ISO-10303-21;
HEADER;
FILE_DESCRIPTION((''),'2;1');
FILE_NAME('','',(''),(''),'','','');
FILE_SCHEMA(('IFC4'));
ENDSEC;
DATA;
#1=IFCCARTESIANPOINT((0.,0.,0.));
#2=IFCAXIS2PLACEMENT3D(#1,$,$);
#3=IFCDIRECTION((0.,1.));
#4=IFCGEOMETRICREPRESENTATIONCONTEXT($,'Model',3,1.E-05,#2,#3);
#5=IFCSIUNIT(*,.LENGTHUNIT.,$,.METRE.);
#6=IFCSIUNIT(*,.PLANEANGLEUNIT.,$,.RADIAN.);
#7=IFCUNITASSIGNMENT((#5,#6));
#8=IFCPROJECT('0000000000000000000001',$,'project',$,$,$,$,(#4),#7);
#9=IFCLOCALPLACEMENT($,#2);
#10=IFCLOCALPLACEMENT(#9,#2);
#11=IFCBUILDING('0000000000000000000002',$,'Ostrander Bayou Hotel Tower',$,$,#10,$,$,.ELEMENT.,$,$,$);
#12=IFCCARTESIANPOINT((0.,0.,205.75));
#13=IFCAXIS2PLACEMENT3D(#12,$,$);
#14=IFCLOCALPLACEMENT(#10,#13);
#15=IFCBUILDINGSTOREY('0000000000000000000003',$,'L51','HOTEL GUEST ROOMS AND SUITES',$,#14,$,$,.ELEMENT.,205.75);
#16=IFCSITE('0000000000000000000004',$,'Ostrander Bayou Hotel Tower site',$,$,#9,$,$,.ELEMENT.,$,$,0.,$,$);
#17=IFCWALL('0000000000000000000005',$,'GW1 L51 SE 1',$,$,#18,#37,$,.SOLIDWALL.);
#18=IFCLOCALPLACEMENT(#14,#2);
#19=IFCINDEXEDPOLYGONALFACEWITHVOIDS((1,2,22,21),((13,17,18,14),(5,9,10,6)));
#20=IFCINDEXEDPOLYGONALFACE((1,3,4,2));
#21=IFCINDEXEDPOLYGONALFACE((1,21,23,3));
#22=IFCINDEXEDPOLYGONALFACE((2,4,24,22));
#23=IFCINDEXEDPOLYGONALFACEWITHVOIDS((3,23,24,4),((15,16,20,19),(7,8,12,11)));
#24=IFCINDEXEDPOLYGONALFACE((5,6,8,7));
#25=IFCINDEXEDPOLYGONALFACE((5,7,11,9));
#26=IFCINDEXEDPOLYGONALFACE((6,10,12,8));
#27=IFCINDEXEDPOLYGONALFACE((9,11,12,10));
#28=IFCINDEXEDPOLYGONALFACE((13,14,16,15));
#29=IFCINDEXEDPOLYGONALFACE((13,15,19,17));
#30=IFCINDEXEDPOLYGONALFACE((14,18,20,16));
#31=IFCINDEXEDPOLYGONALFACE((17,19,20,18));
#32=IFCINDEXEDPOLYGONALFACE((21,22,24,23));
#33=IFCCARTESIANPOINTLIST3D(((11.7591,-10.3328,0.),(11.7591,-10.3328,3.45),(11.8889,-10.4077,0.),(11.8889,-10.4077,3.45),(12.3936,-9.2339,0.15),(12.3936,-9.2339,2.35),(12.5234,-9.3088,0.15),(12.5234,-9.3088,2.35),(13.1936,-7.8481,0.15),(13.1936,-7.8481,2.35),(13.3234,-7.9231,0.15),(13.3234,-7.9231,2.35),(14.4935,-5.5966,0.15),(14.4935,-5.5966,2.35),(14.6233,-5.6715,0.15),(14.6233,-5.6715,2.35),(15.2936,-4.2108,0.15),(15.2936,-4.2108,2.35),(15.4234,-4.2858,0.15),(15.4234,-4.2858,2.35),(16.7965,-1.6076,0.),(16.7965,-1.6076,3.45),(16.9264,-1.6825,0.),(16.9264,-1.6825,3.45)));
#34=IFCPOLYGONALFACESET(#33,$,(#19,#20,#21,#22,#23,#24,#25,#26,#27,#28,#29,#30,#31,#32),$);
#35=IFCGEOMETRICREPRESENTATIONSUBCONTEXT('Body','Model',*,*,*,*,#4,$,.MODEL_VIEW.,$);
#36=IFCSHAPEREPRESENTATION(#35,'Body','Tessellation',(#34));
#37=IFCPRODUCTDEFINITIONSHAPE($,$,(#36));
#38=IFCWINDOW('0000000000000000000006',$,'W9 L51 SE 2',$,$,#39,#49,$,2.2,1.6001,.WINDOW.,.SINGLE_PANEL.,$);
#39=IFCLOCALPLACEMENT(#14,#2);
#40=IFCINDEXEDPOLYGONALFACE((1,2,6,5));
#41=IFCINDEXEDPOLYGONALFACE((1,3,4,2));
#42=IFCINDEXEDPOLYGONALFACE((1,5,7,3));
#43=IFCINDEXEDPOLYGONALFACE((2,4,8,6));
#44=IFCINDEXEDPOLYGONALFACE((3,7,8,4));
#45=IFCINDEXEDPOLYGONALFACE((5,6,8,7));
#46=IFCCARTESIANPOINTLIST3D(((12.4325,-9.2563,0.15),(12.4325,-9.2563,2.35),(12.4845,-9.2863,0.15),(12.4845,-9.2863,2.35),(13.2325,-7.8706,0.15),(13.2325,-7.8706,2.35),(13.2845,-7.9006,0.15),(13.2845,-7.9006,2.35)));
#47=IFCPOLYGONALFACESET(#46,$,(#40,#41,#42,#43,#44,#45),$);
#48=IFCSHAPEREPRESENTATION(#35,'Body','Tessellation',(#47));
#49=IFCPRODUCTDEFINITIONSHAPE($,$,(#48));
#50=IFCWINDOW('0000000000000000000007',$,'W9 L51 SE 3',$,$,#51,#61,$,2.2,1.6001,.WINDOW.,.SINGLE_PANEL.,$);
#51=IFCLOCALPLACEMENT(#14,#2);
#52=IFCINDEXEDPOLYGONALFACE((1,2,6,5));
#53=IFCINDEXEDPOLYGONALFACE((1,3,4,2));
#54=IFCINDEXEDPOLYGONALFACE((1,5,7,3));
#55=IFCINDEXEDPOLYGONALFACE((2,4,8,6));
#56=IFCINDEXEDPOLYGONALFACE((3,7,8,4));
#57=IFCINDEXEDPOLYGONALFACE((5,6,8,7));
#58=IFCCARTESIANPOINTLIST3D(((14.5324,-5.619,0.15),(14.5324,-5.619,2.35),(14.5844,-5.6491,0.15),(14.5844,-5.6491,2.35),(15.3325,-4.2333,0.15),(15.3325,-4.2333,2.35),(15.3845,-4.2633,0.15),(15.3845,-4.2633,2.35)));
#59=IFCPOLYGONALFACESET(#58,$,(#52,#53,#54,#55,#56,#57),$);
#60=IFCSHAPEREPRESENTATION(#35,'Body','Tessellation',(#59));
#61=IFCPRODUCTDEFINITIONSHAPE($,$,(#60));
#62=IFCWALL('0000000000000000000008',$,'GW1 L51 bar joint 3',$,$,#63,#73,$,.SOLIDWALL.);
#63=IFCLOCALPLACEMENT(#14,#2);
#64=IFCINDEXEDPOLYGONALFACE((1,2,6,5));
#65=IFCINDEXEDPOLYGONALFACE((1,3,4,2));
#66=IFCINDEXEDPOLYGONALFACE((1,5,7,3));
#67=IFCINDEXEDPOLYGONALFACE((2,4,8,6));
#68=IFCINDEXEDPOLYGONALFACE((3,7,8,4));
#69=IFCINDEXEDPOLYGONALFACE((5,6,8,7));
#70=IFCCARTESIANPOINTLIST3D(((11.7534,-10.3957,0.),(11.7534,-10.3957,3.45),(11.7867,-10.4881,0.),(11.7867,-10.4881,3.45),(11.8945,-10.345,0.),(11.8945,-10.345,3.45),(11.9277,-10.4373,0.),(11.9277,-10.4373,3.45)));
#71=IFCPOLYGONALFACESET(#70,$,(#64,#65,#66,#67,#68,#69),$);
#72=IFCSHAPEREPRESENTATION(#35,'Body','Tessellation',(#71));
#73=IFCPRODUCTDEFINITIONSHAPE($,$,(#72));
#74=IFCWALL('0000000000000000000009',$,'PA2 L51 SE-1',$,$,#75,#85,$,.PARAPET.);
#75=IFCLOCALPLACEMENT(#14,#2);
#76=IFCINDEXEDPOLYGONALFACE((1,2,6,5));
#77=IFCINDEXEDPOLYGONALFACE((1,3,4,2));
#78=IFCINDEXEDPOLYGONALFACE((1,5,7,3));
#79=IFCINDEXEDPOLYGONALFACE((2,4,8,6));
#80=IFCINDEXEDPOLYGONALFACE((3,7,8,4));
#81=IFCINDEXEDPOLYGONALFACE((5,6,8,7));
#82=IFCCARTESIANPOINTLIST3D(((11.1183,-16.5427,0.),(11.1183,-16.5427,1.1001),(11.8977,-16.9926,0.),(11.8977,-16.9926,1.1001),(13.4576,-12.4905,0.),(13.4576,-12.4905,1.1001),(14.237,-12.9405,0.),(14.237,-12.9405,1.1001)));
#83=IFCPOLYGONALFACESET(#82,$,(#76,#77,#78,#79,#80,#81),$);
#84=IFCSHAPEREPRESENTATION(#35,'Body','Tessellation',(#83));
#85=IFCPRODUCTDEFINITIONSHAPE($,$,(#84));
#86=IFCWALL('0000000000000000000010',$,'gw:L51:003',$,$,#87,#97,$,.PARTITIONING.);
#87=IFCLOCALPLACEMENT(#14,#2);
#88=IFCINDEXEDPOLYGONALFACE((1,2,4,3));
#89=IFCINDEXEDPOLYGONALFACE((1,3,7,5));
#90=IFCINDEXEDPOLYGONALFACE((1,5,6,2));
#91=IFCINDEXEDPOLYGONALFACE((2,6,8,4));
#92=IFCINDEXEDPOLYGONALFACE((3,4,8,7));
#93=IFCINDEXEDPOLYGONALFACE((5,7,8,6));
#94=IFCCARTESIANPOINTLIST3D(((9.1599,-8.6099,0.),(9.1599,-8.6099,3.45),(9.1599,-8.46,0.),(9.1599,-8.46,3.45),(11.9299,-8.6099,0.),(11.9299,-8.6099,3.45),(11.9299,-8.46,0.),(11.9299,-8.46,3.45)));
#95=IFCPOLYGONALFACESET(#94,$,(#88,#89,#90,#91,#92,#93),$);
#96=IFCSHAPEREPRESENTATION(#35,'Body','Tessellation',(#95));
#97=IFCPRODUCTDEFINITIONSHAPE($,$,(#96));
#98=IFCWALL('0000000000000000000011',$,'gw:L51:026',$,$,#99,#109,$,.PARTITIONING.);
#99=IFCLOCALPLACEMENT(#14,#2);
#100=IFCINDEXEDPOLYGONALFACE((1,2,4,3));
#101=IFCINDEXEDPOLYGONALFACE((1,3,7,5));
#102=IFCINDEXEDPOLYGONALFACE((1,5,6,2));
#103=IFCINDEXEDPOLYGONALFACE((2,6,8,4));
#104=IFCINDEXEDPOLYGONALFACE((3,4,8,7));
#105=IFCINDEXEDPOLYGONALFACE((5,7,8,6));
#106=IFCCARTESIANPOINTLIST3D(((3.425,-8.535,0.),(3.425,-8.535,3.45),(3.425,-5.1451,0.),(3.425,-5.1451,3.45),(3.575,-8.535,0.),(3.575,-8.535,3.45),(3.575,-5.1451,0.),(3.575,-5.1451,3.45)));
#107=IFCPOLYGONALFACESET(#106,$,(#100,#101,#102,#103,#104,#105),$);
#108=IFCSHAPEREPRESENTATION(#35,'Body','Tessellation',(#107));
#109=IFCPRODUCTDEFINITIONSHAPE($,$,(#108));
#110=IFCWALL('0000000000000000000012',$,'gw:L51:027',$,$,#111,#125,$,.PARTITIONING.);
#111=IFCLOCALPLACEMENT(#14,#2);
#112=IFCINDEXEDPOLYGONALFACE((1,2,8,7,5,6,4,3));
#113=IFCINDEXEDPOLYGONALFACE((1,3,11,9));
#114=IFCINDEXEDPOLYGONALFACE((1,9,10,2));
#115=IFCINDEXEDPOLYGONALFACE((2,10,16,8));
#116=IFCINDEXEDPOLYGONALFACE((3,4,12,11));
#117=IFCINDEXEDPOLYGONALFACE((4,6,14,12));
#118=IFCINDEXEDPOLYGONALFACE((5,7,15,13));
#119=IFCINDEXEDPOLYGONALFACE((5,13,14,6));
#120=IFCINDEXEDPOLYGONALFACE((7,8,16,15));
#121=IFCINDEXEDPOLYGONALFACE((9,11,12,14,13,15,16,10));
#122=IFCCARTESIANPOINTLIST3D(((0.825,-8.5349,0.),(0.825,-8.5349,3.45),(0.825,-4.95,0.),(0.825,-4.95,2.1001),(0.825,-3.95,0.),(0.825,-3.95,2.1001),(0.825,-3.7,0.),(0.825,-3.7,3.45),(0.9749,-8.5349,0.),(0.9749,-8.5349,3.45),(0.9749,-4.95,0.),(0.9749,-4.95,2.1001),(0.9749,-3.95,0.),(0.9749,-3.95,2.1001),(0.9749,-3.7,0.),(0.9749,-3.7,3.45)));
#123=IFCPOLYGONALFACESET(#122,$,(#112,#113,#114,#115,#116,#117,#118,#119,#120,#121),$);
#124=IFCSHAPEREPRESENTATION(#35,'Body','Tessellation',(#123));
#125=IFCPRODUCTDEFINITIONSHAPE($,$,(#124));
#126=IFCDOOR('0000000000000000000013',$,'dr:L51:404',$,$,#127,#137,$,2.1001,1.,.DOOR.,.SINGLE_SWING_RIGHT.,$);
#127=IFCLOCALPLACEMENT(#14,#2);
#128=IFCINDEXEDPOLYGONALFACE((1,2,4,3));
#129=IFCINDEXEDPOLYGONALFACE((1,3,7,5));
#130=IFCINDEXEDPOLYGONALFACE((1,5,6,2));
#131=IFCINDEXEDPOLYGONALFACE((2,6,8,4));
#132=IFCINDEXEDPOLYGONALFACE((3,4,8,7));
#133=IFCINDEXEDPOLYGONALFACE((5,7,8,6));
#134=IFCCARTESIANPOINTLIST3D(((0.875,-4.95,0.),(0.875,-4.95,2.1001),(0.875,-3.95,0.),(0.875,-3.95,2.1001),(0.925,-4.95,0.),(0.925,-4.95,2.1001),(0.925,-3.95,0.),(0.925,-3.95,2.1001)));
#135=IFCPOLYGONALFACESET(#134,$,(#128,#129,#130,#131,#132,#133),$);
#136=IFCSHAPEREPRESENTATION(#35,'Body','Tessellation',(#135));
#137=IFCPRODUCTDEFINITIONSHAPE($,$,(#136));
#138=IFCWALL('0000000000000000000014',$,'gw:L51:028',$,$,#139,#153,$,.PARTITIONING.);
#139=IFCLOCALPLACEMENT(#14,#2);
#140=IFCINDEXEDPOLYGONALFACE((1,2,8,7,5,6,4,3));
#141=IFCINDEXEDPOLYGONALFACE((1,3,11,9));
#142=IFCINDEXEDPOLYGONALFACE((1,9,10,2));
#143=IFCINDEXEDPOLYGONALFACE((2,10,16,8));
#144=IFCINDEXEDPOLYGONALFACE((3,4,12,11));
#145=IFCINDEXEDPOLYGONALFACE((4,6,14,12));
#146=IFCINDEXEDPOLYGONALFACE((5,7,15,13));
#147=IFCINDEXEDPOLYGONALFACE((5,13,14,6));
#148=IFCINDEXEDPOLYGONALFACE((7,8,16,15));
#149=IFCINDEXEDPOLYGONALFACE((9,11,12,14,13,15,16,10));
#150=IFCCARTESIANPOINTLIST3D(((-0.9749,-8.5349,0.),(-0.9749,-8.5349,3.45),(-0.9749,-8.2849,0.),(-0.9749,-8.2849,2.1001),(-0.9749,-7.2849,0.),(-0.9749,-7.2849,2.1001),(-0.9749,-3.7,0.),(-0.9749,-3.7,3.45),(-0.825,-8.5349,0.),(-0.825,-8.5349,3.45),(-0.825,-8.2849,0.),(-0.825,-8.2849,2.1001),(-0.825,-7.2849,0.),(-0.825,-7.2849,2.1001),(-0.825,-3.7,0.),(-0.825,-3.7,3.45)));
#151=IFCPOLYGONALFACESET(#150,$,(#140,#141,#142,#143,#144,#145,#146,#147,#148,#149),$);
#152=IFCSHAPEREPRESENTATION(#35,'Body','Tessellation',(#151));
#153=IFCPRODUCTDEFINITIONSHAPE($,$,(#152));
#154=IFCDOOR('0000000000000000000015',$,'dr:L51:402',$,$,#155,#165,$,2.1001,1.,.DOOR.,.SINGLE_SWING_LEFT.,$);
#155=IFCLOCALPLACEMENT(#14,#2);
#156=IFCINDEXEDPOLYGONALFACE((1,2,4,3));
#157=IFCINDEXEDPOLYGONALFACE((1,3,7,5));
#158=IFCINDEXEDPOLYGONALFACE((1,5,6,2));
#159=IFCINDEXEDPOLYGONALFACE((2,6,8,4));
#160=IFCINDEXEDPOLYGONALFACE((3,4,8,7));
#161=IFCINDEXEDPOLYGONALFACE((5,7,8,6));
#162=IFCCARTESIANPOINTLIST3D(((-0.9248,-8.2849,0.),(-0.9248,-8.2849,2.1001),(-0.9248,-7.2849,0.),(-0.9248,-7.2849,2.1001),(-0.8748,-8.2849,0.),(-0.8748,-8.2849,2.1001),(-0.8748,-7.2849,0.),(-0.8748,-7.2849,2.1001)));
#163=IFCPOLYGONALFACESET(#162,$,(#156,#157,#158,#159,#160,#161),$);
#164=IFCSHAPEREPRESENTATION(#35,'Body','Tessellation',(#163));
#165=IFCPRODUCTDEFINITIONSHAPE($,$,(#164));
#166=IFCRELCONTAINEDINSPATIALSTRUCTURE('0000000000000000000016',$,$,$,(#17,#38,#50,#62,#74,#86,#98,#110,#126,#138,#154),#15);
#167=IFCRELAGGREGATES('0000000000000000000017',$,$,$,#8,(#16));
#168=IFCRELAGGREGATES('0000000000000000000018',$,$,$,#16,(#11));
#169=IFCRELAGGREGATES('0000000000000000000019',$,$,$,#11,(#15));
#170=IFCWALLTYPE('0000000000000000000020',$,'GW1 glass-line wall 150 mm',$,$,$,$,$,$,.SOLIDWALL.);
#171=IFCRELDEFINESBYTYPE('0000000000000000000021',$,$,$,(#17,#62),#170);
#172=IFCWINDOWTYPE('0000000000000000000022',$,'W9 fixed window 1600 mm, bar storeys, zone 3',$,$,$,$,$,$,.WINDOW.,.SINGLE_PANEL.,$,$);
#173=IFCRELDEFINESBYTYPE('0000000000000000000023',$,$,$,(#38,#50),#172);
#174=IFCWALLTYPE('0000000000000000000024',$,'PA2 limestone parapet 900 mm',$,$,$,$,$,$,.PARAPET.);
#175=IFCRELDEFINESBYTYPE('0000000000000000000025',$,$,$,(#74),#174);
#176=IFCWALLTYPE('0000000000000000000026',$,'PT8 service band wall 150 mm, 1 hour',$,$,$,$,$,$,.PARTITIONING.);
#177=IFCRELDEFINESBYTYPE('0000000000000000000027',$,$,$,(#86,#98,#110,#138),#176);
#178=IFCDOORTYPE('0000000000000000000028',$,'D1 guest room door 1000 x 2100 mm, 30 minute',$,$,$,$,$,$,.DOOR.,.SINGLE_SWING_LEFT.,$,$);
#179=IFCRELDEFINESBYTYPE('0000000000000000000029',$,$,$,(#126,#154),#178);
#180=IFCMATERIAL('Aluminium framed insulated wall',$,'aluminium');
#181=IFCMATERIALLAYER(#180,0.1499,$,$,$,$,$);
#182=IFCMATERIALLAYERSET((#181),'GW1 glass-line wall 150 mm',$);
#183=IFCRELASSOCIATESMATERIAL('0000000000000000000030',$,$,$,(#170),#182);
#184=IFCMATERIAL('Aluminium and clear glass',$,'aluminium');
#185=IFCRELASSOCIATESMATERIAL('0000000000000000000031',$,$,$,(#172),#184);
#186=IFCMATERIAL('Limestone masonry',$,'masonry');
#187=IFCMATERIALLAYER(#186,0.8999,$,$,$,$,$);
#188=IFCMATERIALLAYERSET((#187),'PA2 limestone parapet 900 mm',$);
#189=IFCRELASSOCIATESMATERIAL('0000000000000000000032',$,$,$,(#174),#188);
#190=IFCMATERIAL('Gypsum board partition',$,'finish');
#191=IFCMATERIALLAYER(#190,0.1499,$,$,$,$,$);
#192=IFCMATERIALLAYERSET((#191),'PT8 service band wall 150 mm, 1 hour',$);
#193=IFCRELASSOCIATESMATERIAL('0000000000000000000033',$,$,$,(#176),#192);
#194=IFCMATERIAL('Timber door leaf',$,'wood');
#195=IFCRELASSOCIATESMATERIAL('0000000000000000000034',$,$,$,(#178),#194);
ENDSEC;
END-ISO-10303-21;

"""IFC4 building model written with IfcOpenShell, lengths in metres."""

from ifc_helpers import new_model, si_unit, direction, frame, frame_2d, origin, place, context, subcontext, project, spatial, rectangle, extrude, material, layer, layer_set, type_object, element, fill, save


model = new_model("IFC4")

# Units and contexts
model_context = context("Model", 3, precision=1e-05, world=origin(), true_north=direction((0.0, 1.0)))
body_context = subcontext(model_context, "Body", "Model", "MODEL_VIEW")
ifc_project = project(units=[si_unit("LENGTHUNIT", "METRE"), si_unit("PLANEANGLEUNIT", "RADIAN")], contexts=[model_context])

# Site, building, storey
site_placement = place(None, origin())
site = spatial("IfcSite", under=ifc_project, at=site_placement, Name="Ostrander Bayou Hotel Tower site", CompositionType="ELEMENT", RefElevation=0.0)
building_placement = place(site_placement, origin())
building = spatial("IfcBuilding", under=site, at=building_placement, Name="Ostrander Bayou Hotel Tower", CompositionType="ELEMENT")
storey_placement = place(building_placement, frame((0.0, 0.0, 205.75)))
storey = spatial("IfcBuildingStorey", under=building, at=storey_placement, Name="L51", Description="HOTEL GUEST ROOMS AND SUITES", CompositionType="ELEMENT", Elevation=205.75)

# Wall, openings, windows
ifc_material_1 = material(Name="Aluminium framed insulated wall", Category="aluminium")
ifc_layer_1 = layer(ifc_material_1, 0.1499)
ifc_layer_set_1 = layer_set([ifc_layer_1], Name="GW1 glass-line wall 150 mm")
wall_type_1 = type_object("IfcWallType", Name="GW1 glass-line wall 150 mm", PredefinedType="SOLIDWALL", material=ifc_layer_set_1)
wall_1_placement = place(storey_placement, frame((11.824, -10.3704, 0.0), z_axis=(0.0, 0.0, 1.0), x_axis=(0.499994, 0.866029, 0.0)))
wall_1 = element("IfcWall", 1, at=wall_1_placement, inside=storey, type_object=wall_type_1, Name="GW1 L51 SE 1", PredefinedType="SOLIDWALL", context=body_context, shape_type="SweptSolid", body=[
    extrude(rectangle(XDim=10.075, YDim=0.1499, at=frame_2d((5.0376, 0.0))), origin(), (0.0, 0.0, 1.0), 3.45),
])
opening_1_placement = place(wall_1_placement, frame((1.269, 0.0, 0.1499)))
opening_1 = element("IfcOpeningElement", 2, at=opening_1_placement, cuts=wall_1, PredefinedType="OPENING", context=body_context, shape_type="SweptSolid", body=[
    extrude(rectangle(XDim=1.6001, YDim=2.2, at=frame_2d((0.8, 1.1001))), frame((0.0, 0.075, 0.0), z_axis=(0.0, -1.0, 0.0), x_axis=(1.0, 0.0, 0.0)), (0.0, 0.0, 1.0), 0.1499),
])
opening_2_placement = place(wall_1_placement, frame((5.469, 0.0, 0.1499)))
opening_2 = element("IfcOpeningElement", 3, at=opening_2_placement, cuts=wall_1, PredefinedType="OPENING", context=body_context, shape_type="SweptSolid", body=[
    extrude(rectangle(XDim=1.6001, YDim=2.2, at=frame_2d((0.8, 1.1001))), frame((0.0, 0.075, 0.0), z_axis=(0.0, -1.0, 0.0), x_axis=(1.0, 0.0, 0.0)), (0.0, 0.0, 1.0), 0.1499),
])
ifc_material_2 = material(Name="Aluminium and clear glass", Category="aluminium")
window_type = type_object("IfcWindowType", Name="W9 fixed window 1600 mm, bar storeys, zone 3", PartitioningType="SINGLE_PANEL", PredefinedType="WINDOW", material=ifc_material_2)
window_1_placement = place(opening_1_placement, origin())
window_1 = element("IfcWindow", 4, at=window_1_placement, inside=storey, type_object=window_type, Name="W9 L51 SE 2", OverallHeight=2.2, OverallWidth=1.6001, PartitioningType="SINGLE_PANEL", PredefinedType="WINDOW", context=body_context, shape_type="SweptSolid", body=[
    extrude(rectangle(XDim=1.6001, YDim=2.2, at=frame_2d((0.8, 1.1001))), frame((0.0, 0.03, 0.0), z_axis=(0.0, -1.0, 0.0), x_axis=(1.0, 0.0, 0.0)), (0.0, 0.0, 1.0), 0.0601),
])
fill(opening_1, window_1)
window_2_placement = place(opening_2_placement, origin())
window_2 = element("IfcWindow", 5, at=window_2_placement, inside=storey, type_object=window_type, Name="W9 L51 SE 3", OverallHeight=2.2, OverallWidth=1.6001, PartitioningType="SINGLE_PANEL", PredefinedType="WINDOW", context=body_context, shape_type="SweptSolid", body=[
    extrude(rectangle(XDim=1.6001, YDim=2.2, at=frame_2d((0.8, 1.1001))), frame((0.0, 0.03, 0.0), z_axis=(0.0, -1.0, 0.0), x_axis=(1.0, 0.0, 0.0)), (0.0, 0.0, 1.0), 0.0601),
])
fill(opening_2, window_2)

# Walls
wall_2_placement = place(storey_placement, frame((11.824, -10.3704, 0.0), z_axis=(0.0, 0.0, 1.0), x_axis=(0.338543, -0.940951, 0.0)))
element("IfcWall", 6, at=wall_2_placement, inside=storey, type_object=wall_type_1, Name="GW1 L51 bar joint 3", PredefinedType="SOLIDWALL", context=body_context, shape_type="SweptSolid", body=[
    extrude(rectangle(XDim=0.0981, YDim=0.1499, at=frame_2d((0.0491, 0.0))), origin(), (0.0, 0.0, 1.0), 3.45),
])
ifc_material_3 = material(Name="Limestone masonry", Category="masonry")
ifc_layer_2 = layer(ifc_material_3, 0.8999)
ifc_layer_set_2 = layer_set([ifc_layer_2], Name="PA2 limestone parapet 900 mm")
wall_type_2 = type_object("IfcWallType", Name="PA2 limestone parapet 900 mm", PredefinedType="PARAPET", material=ifc_layer_set_2)
wall_3_placement = place(storey_placement, frame((11.5081, -16.7676, 0.0), z_axis=(0.0, 0.0, 1.0), x_axis=(0.499966, 0.866045, 0.0)))
element("IfcWall", 7, at=wall_3_placement, inside=storey, type_object=wall_type_2, Name="PA2 L51 SE-1", PredefinedType="PARAPET", context=body_context, shape_type="SweptSolid", body=[
    extrude(rectangle(XDim=4.679, YDim=0.8999, at=frame_2d((2.3394, 0.0))), origin(), (0.0, 0.0, 1.0), 1.1001),
])
ifc_material_4 = material(Name="Gypsum board partition", Category="finish")
ifc_layer_3 = layer(ifc_material_4, 0.1499)
ifc_layer_set_3 = layer_set([ifc_layer_3], Name="PT8 service band wall 150 mm, 1 hour")
wall_type_3 = type_object("IfcWallType", Name="PT8 service band wall 150 mm, 1 hour", PredefinedType="PARTITIONING", material=ifc_layer_set_3)
wall_4_placement = place(storey_placement, frame((9.1599, -8.5349, 0.0), z_axis=(0.0, 0.0, 1.0), x_axis=(1.0, 0.0, 0.0)))
element("IfcWall", 8, at=wall_4_placement, inside=storey, type_object=wall_type_3, Name="gw:L51:003", PredefinedType="PARTITIONING", context=body_context, shape_type="SweptSolid", body=[
    extrude(rectangle(XDim=2.77, YDim=0.1499, at=frame_2d((1.385, 0.0))), origin(), (0.0, 0.0, 1.0), 3.45),
])
wall_5_placement = place(storey_placement, frame((3.5, -8.5349, 0.0), z_axis=(0.0, 0.0, 1.0), x_axis=(0.0, 1.0, 0.0)))
element("IfcWall", 9, at=wall_5_placement, inside=storey, type_object=wall_type_3, Name="gw:L51:026", PredefinedType="PARTITIONING", context=body_context, shape_type="SweptSolid", body=[
    extrude(rectangle(XDim=3.3899, YDim=0.1499, at=frame_2d((1.6948, 0.0))), origin(), (0.0, 0.0, 1.0), 3.45),
])

# Walls, openings, doors
wall_6_placement = place(storey_placement, frame((0.8999, -8.5349, 0.0), z_axis=(0.0, 0.0, 1.0), x_axis=(0.0, 1.0, 0.0)))
wall_6 = element("IfcWall", 10, at=wall_6_placement, inside=storey, type_object=wall_type_3, Name="gw:L51:027", PredefinedType="PARTITIONING", context=body_context, shape_type="SweptSolid", body=[
    extrude(rectangle(XDim=4.835, YDim=0.1499, at=frame_2d((2.4175, 0.0))), origin(), (0.0, 0.0, 1.0), 3.45),
])
opening_3_placement = place(wall_6_placement, frame((3.585, 0.0, 0.0)))
opening_3 = element("IfcOpeningElement", 11, at=opening_3_placement, cuts=wall_6, PredefinedType="OPENING", context=body_context, shape_type="SweptSolid", body=[
    extrude(rectangle(XDim=1.0, YDim=2.1001, at=frame_2d((0.5, 1.05))), frame((0.0, 0.075, 0.0), z_axis=(0.0, -1.0, 0.0), x_axis=(1.0, 0.0, 0.0)), (0.0, 0.0, 1.0), 0.1499),
])
ifc_material_5 = material(Name="Timber door leaf", Category="wood")
door_type = type_object("IfcDoorType", Name="D1 guest room door 1000 x 2100 mm, 30 minute", OperationType="SINGLE_SWING_LEFT", PredefinedType="DOOR", material=ifc_material_5)
door_1_placement = place(opening_3_placement, origin())
door_1 = element("IfcDoor", 12, at=door_1_placement, inside=storey, type_object=door_type, Name="dr:L51:404", OperationType="SINGLE_SWING_RIGHT", OverallHeight=2.1001, OverallWidth=1.0, PredefinedType="DOOR", context=body_context, shape_type="SweptSolid", body=[
    extrude(rectangle(XDim=1.0, YDim=2.1001, at=frame_2d((0.5, 1.05))), frame((0.0, 0.0249, 0.0), z_axis=(0.0, -1.0, 0.0), x_axis=(1.0, 0.0, 0.0)), (0.0, 0.0, 1.0), 0.05),
])
fill(opening_3, door_1)
wall_7_placement = place(storey_placement, frame((-0.8999, -8.5349, 0.0), z_axis=(0.0, 0.0, 1.0), x_axis=(0.0, 1.0, 0.0)))
wall_7 = element("IfcWall", 13, at=wall_7_placement, inside=storey, type_object=wall_type_3, Name="gw:L51:028", PredefinedType="PARTITIONING", context=body_context, shape_type="SweptSolid", body=[
    extrude(rectangle(XDim=4.835, YDim=0.1499, at=frame_2d((2.4175, 0.0))), origin(), (0.0, 0.0, 1.0), 3.45),
])
opening_4_placement = place(wall_7_placement, frame((0.25, 0.0, 0.0)))
opening_4 = element("IfcOpeningElement", 14, at=opening_4_placement, cuts=wall_7, PredefinedType="OPENING", context=body_context, shape_type="SweptSolid", body=[
    extrude(rectangle(XDim=1.0, YDim=2.1001, at=frame_2d((0.5, 1.05))), frame((0.0, 0.075, 0.0), z_axis=(0.0, -1.0, 0.0), x_axis=(1.0, 0.0, 0.0)), (0.0, 0.0, 1.0), 0.1499),
])
door_2_placement = place(opening_4_placement, origin())
door_2 = element("IfcDoor", 15, at=door_2_placement, inside=storey, type_object=door_type, Name="dr:L51:402", OperationType="SINGLE_SWING_LEFT", OverallHeight=2.1001, OverallWidth=1.0, PredefinedType="DOOR", context=body_context, shape_type="SweptSolid", body=[
    extrude(rectangle(XDim=1.0, YDim=2.1001, at=frame_2d((0.5, 1.05))), frame((0.0, 0.0249, 0.0), z_axis=(0.0, -1.0, 0.0), x_axis=(1.0, 0.0, 0.0)), (0.0, 0.0, 1.0), 0.05),
])
fill(opening_4, door_2)

save(model, "model.ifc")
